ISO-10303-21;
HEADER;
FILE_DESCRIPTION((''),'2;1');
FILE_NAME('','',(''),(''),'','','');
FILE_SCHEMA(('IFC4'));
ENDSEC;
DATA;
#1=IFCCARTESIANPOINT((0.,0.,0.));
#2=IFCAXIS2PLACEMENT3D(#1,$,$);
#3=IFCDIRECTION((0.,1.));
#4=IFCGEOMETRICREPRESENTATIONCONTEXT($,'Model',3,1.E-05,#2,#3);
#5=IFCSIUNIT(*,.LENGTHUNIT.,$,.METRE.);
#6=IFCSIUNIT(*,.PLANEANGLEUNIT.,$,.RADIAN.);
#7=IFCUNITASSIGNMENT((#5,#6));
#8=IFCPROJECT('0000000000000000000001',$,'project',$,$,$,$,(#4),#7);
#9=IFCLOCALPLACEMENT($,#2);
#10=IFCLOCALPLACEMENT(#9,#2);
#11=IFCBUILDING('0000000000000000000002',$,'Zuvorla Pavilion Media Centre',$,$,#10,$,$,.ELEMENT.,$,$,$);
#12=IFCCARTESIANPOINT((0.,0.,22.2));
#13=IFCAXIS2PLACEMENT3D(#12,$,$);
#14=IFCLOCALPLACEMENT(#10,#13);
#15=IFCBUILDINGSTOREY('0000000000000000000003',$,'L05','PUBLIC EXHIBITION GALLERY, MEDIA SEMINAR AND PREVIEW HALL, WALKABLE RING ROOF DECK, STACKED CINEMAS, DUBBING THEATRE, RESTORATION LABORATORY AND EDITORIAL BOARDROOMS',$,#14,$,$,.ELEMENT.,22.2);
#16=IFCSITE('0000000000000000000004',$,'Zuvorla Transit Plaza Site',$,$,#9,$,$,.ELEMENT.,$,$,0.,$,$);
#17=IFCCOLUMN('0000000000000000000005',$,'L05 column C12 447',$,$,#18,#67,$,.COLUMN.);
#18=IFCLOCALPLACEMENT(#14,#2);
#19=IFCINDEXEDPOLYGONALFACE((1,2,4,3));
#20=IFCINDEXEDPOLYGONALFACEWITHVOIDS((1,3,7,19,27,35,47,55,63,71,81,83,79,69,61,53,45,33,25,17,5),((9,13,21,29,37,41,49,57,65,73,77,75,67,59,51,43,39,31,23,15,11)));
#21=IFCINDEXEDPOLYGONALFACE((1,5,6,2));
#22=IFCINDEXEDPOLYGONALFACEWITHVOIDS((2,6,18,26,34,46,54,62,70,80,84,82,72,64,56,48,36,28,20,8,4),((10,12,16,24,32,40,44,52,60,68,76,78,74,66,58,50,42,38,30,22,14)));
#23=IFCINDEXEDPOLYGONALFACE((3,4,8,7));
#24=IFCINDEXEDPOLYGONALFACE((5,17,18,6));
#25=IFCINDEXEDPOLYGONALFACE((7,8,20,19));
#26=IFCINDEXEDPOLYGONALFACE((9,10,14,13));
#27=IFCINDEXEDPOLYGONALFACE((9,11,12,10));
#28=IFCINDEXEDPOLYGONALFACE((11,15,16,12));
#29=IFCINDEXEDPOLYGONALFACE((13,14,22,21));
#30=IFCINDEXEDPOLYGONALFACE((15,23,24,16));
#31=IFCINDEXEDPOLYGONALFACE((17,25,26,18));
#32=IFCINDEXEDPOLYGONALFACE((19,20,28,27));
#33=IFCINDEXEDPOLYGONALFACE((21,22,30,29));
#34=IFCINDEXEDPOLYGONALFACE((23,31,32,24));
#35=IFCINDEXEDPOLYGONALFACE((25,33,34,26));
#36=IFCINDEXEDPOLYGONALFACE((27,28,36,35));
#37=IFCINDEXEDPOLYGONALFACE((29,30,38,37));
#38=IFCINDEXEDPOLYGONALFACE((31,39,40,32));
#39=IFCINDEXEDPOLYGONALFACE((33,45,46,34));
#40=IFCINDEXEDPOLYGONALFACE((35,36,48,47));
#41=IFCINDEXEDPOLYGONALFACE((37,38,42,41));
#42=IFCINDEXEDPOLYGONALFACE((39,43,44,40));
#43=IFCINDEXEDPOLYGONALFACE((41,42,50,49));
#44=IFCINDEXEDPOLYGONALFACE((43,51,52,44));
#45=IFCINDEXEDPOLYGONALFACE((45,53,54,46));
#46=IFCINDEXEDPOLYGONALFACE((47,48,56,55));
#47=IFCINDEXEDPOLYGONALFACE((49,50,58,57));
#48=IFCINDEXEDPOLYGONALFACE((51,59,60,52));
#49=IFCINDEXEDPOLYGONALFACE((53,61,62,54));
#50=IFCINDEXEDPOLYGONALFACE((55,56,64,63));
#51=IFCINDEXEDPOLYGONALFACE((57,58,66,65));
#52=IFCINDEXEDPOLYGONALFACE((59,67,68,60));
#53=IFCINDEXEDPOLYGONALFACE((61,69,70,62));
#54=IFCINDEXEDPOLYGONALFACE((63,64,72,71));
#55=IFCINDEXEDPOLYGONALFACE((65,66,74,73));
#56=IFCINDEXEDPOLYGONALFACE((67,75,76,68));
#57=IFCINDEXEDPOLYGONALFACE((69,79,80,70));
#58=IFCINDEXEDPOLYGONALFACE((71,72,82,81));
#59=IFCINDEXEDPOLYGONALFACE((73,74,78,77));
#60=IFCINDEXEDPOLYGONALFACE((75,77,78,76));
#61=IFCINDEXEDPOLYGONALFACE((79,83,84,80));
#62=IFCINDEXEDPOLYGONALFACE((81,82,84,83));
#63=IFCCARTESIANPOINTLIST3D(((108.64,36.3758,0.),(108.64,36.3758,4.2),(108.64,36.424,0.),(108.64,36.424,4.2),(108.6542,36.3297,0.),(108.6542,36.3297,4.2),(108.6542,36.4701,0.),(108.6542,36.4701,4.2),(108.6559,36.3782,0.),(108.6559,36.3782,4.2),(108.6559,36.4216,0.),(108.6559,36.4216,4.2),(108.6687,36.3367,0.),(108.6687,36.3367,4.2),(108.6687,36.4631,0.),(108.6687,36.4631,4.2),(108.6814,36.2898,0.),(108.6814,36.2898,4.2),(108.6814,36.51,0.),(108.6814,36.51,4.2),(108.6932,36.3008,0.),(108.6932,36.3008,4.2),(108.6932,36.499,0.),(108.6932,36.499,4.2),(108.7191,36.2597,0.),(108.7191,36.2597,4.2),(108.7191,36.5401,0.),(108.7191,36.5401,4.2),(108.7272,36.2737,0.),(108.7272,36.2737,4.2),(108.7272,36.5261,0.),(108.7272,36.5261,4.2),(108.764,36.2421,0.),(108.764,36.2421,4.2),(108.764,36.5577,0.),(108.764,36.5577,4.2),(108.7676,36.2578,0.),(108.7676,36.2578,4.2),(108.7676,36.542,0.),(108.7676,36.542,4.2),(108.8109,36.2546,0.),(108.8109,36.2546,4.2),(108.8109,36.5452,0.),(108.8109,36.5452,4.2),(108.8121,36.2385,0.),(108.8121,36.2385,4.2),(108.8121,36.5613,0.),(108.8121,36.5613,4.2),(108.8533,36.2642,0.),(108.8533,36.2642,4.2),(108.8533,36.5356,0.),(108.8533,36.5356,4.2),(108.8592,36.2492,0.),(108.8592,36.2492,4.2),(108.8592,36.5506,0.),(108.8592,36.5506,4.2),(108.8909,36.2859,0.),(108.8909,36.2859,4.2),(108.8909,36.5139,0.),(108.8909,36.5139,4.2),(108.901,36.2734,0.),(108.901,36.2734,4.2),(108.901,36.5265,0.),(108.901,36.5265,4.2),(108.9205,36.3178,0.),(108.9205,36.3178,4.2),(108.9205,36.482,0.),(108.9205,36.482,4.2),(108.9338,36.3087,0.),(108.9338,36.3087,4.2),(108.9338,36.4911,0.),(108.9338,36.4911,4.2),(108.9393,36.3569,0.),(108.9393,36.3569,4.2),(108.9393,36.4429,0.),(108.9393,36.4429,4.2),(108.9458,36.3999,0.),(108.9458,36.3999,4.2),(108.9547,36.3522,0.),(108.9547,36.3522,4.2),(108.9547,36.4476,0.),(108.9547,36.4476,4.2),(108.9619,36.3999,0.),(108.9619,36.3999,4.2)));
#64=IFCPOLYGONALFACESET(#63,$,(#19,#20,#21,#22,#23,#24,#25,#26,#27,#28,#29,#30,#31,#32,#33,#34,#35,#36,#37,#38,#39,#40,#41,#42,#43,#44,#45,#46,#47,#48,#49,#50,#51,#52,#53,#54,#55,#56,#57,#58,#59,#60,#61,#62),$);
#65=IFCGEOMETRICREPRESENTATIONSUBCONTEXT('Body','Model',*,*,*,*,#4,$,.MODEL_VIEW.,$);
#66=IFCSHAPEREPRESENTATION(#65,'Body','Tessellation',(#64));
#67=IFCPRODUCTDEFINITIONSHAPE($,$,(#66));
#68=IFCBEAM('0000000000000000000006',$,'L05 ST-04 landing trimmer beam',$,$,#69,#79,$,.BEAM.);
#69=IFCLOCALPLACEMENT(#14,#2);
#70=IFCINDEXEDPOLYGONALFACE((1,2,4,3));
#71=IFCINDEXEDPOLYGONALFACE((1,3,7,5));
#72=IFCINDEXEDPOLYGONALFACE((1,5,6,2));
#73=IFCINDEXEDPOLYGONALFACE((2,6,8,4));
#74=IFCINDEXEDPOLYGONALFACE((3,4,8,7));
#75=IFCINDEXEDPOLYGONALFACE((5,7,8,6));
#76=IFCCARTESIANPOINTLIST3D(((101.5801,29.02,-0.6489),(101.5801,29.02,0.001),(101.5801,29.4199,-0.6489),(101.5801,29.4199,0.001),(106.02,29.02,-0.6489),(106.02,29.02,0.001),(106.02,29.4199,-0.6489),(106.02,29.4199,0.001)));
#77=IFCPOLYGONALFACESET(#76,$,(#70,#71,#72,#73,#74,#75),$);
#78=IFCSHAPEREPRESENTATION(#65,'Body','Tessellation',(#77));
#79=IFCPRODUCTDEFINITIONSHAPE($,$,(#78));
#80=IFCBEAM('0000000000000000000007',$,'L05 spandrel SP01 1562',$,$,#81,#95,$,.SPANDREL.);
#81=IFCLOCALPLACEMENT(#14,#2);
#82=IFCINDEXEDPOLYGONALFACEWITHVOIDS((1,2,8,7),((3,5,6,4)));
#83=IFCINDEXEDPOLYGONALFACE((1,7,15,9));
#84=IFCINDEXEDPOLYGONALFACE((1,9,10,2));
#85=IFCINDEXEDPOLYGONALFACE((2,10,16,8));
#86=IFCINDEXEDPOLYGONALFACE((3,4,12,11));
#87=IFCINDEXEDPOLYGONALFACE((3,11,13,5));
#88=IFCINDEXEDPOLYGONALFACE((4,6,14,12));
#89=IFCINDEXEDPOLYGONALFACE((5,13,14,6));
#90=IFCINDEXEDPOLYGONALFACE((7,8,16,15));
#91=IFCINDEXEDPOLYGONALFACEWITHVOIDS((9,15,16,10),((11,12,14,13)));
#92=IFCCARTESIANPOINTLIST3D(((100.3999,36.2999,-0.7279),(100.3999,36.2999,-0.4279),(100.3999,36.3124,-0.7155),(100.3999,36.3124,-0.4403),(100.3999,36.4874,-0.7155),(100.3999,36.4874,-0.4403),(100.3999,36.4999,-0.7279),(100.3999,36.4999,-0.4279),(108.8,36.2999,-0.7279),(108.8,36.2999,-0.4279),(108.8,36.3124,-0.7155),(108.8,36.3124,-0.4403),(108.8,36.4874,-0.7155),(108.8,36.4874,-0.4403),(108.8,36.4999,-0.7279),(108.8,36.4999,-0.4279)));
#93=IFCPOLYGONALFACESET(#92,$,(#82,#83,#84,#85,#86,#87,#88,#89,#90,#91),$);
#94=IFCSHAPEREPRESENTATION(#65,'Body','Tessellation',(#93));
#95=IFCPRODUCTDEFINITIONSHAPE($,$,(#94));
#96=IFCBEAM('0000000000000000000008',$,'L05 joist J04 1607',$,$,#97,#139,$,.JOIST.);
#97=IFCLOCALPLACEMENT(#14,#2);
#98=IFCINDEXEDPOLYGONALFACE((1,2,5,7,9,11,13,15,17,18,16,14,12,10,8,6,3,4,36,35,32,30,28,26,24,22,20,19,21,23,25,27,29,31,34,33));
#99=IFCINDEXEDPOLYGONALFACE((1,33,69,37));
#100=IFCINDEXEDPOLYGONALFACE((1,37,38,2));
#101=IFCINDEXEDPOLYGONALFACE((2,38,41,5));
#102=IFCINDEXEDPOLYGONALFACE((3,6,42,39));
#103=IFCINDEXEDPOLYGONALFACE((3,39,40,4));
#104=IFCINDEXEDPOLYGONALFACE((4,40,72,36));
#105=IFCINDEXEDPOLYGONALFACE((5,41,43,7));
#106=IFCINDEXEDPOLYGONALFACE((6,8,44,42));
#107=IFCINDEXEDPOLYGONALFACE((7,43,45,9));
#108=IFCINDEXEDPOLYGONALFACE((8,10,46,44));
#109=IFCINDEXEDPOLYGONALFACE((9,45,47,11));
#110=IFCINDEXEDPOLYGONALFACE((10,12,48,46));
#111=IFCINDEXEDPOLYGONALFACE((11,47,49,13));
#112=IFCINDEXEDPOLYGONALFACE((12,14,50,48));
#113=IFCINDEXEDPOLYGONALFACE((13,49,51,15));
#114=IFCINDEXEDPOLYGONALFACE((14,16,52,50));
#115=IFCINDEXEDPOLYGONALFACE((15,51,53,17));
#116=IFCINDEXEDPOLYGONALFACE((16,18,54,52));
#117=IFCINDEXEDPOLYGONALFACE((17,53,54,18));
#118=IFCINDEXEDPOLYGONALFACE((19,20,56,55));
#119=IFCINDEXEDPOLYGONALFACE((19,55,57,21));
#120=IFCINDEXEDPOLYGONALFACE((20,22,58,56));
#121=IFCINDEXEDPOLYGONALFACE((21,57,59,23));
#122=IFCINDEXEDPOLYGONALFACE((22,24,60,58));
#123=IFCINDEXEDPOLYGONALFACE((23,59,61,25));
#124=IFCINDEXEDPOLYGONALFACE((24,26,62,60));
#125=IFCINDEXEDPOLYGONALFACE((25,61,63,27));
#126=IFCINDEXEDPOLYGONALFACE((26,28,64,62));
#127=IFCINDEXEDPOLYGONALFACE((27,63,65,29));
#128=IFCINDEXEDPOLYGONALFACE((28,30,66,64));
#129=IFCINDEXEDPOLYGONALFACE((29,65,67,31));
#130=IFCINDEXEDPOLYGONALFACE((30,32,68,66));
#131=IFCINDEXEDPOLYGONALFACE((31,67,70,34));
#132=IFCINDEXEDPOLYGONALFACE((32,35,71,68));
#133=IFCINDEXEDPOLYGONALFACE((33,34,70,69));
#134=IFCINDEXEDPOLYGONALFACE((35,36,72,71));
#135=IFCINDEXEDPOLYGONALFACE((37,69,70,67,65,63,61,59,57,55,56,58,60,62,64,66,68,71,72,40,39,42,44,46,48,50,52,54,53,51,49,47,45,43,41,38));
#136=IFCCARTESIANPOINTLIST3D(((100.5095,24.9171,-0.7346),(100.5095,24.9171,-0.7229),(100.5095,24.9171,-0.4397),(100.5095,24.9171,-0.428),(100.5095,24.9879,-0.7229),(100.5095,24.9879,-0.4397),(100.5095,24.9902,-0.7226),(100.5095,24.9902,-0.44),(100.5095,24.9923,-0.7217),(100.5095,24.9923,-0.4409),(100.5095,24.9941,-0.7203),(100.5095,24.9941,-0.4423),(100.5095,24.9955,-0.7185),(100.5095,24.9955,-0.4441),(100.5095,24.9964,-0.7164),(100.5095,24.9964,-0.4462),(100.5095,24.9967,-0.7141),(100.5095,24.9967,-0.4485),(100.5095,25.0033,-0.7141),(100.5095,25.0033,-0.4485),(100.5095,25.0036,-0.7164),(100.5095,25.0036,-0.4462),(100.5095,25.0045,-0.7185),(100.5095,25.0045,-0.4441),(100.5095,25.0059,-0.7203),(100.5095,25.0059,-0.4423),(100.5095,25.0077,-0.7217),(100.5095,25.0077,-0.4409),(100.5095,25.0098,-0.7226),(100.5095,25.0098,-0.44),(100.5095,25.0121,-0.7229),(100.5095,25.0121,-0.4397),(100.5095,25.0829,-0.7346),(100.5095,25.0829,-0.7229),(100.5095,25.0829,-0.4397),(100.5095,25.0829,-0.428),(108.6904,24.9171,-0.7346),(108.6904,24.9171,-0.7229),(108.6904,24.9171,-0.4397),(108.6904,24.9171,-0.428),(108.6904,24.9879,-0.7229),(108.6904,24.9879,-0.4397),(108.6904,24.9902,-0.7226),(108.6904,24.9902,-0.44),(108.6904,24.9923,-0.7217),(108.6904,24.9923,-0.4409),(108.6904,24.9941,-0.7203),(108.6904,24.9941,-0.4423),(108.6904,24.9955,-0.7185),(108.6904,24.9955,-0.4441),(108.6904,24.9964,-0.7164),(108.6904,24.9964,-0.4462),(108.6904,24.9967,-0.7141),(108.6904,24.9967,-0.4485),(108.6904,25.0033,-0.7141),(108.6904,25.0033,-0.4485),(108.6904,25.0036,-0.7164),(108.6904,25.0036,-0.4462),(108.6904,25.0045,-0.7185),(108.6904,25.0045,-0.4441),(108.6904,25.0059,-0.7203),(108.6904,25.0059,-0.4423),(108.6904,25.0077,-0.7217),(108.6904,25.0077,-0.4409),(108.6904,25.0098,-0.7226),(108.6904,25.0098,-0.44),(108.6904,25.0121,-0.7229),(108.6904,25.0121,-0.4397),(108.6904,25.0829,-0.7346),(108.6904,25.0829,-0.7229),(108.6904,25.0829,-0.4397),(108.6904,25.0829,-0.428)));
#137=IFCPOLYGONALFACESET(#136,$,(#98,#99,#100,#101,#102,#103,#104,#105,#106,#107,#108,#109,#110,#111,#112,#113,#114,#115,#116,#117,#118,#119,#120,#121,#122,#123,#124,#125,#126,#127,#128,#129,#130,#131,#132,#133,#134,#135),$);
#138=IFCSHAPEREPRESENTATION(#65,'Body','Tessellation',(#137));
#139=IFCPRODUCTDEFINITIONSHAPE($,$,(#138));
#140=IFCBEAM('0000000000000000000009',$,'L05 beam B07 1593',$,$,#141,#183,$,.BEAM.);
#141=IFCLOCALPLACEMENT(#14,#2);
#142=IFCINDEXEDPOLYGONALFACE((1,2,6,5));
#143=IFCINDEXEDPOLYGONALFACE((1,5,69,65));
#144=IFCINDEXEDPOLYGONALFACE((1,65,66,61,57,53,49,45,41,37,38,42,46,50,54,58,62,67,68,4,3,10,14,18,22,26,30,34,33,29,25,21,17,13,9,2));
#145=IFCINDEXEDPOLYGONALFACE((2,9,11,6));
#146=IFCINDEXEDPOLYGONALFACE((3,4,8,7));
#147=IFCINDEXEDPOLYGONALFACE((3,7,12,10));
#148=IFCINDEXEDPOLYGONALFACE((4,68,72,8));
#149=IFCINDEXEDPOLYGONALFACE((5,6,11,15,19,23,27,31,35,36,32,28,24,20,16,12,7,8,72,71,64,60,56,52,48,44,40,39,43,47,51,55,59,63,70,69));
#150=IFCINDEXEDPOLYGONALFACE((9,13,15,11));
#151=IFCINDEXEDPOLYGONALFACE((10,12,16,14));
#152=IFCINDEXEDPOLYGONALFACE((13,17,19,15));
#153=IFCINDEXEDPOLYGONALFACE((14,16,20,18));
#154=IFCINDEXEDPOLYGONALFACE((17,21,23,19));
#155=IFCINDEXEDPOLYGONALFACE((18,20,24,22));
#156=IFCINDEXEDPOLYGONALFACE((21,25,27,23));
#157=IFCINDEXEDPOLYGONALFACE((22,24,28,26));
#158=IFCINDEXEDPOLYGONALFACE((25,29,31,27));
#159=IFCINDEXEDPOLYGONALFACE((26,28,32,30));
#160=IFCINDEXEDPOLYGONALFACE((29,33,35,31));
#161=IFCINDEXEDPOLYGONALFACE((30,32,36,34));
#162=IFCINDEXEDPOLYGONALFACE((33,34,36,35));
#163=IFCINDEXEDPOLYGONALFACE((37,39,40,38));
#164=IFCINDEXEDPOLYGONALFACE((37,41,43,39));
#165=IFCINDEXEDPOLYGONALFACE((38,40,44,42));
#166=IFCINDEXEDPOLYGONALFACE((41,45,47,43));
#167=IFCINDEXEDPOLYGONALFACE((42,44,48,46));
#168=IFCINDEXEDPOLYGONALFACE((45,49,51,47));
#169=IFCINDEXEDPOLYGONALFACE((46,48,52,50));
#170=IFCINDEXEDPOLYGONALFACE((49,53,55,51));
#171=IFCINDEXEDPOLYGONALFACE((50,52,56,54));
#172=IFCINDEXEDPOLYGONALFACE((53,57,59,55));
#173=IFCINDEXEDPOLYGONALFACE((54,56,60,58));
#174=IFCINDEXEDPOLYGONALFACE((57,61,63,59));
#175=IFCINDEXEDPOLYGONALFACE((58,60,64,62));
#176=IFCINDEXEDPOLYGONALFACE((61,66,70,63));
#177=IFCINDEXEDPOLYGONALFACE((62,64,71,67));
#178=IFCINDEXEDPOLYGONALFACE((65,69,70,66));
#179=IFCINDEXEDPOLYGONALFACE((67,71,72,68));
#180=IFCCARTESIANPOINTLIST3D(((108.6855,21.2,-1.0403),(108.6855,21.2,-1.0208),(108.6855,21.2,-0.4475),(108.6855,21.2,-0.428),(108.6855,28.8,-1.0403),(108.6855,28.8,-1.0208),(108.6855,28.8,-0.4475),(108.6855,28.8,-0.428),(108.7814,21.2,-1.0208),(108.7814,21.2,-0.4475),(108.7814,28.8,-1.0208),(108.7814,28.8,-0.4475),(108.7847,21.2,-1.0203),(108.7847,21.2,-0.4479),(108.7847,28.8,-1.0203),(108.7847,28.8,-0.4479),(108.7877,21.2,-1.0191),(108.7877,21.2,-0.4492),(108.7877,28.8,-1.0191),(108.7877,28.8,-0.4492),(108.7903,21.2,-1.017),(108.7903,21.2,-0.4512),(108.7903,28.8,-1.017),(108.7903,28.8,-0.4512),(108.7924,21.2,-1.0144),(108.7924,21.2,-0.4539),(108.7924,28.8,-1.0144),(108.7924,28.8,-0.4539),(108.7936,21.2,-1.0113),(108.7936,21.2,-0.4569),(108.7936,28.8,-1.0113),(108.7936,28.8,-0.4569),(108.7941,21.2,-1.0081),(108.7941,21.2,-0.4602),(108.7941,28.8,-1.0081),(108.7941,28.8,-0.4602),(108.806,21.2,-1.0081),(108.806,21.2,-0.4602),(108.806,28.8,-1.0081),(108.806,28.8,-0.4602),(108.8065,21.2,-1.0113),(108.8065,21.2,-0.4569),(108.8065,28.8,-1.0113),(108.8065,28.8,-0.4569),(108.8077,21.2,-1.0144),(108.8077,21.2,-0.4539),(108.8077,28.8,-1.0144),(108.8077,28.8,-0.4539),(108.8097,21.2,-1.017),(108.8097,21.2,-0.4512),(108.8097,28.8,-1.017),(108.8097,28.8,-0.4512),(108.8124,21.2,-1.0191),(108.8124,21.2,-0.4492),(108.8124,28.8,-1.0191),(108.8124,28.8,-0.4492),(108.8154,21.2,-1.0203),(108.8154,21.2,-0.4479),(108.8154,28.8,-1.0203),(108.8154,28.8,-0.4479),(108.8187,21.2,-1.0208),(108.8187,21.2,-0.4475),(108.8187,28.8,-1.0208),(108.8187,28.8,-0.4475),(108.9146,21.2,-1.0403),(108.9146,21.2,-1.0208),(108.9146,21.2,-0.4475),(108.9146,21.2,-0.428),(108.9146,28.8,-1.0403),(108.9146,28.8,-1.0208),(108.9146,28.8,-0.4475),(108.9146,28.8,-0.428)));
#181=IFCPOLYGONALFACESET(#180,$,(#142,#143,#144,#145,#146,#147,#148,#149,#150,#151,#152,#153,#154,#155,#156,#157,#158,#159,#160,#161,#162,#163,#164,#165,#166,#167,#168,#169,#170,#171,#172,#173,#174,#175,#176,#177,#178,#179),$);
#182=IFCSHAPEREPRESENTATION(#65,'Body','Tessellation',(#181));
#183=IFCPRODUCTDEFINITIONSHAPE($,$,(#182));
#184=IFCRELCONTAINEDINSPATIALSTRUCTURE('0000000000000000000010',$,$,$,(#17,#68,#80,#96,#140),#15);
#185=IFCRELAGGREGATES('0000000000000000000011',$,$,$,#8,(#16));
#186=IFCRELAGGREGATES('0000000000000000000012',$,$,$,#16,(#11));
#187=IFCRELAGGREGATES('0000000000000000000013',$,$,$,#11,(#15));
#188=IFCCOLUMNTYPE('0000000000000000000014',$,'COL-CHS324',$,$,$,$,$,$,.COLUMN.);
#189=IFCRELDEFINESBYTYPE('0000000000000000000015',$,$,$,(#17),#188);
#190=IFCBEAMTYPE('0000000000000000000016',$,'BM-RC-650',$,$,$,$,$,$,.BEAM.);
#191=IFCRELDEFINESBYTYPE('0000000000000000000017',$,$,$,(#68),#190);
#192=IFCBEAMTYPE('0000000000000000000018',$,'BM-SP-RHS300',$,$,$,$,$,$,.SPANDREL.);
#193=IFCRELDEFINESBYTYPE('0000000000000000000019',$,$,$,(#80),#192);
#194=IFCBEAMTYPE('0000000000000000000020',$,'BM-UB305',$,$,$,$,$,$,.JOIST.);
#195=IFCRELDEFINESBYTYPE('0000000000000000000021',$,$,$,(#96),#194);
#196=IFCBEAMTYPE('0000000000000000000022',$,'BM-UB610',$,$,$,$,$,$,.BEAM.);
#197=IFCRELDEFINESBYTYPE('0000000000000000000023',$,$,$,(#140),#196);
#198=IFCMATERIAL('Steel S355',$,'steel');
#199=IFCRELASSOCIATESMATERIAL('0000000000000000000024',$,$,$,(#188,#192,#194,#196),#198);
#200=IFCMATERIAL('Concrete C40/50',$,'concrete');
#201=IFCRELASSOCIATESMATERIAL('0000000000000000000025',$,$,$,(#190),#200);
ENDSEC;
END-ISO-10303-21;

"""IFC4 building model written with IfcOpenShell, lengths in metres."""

from ifc_helpers import new_model, si_unit, direction, frame, origin, origin_2d, place, context, subcontext, project, spatial, rectangle, hollow_rectangle, hollow_circle, i_section, extrude, material, material_profile, profile_set, type_object, element, save


model = new_model("IFC4")

# Units and contexts
model_context = context("Model", 3, precision=1e-05, world=origin(), true_north=direction((0.0, 1.0)))
body_context = subcontext(model_context, "Body", "Model", "MODEL_VIEW")
ifc_project = project(units=[si_unit("LENGTHUNIT", "METRE"), si_unit("PLANEANGLEUNIT", "RADIAN")], contexts=[model_context])

# Site, building, storey
site_placement = place(None, origin())
site = spatial("IfcSite", under=ifc_project, at=site_placement, Name="Zuvorla Transit Plaza Site", CompositionType="ELEMENT", RefElevation=0.0)
building_placement = place(site_placement, origin())
building = spatial("IfcBuilding", under=site, at=building_placement, Name="Zuvorla Pavilion Media Centre", CompositionType="ELEMENT")
storey_placement = place(building_placement, frame((0.0, 0.0, 22.2)))
storey = spatial("IfcBuildingStorey", under=building, at=storey_placement, Name="L05", Description="PUBLIC EXHIBITION GALLERY, MEDIA SEMINAR AND PREVIEW HALL, WALKABLE RING ROOF DECK, STACKED CINEMAS, DUBBING THEATRE, RESTORATION LABORATORY AND EDITORIAL BOARDROOMS", CompositionType="ELEMENT", Elevation=22.2)

# Column
ifc_material_1 = material(Name="Steel S355", Category="steel")
ifc_material_profile_1 = material_profile(ifc_material_1, hollow_circle(Radius=0.1619, WallThickness=0.0161, at=origin_2d()), Name="CHS 323.9x16")
ifc_profile_set_1 = profile_set([ifc_material_profile_1], Name="Steel S355")
column_type = type_object("IfcColumnType", Name="COL-CHS324", PredefinedType="COLUMN", material=ifc_profile_set_1)
for number, where, z_axis, x_axis, name in (
    (1, (108.8, 36.3999, 0.0), (0.0, 0.0, 1.0), (1.0, 0.0, 0.0), "L05 column C12 447"),
):
    element("IfcColumn", number, at=place(storey_placement, frame(where, z_axis=z_axis, x_axis=x_axis)), inside=storey, type_object=column_type, Name=name, PredefinedType="COLUMN", context=body_context, shape_type="SweptSolid", body=[
        extrude(hollow_circle(Radius=0.1619, WallThickness=0.0161, at=origin_2d()), origin(), (0.0, 0.0, 1.0), 4.2),
    ])

# Beams
ifc_material_2 = material(Name="Concrete C40/50", Category="concrete")
ifc_material_profile_2 = material_profile(ifc_material_2, rectangle(XDim=0.3999, YDim=0.6499, at=origin_2d()), Name="RC 400x650")
ifc_profile_set_2 = profile_set([ifc_material_profile_2], Name="Concrete C40/50")
beam_type_1 = type_object("IfcBeamType", Name="BM-RC-650", PredefinedType="BEAM", material=ifc_profile_set_2)
beam_1_placement = place(storey_placement, frame((101.5801, 29.22, -0.324), z_axis=(1.0, 0.0, 0.0), x_axis=(0.0, 1.0, 0.0)))
element("IfcBeam", 2, at=beam_1_placement, inside=storey, type_object=beam_type_1, Name="L05 ST-04 landing trimmer beam", PredefinedType="BEAM", context=body_context, shape_type="SweptSolid", body=[
    extrude(rectangle(XDim=0.3999, YDim=0.6499, at=origin_2d()), origin(), (0.0, 0.0, 1.0), 4.4399),
])
ifc_material_profile_3 = material_profile(ifc_material_1, hollow_rectangle(XDim=0.2, YDim=0.3, WallThickness=0.0125, at=origin_2d()), Name="RHS 300x200x12.5")
ifc_profile_set_3 = profile_set([ifc_material_profile_3], Name="Steel S355")
beam_type_2 = type_object("IfcBeamType", Name="BM-SP-RHS300", PredefinedType="SPANDREL", material=ifc_profile_set_3)
beam_2_placement = place(storey_placement, frame((100.3999, 36.3999, -0.5779), z_axis=(1.0, 0.0, 0.0), x_axis=(0.0, 1.0, 0.0)))
element("IfcBeam", 3, at=beam_2_placement, inside=storey, type_object=beam_type_2, Name="L05 spandrel SP01 1562", PredefinedType="SPANDREL", context=body_context, shape_type="SweptSolid", body=[
    extrude(hollow_rectangle(XDim=0.2, YDim=0.3, WallThickness=0.0125, at=origin_2d()), origin(), (0.0, 0.0, 1.0), 8.4001),
])
ifc_material_profile_4 = material_profile(ifc_material_1, i_section(OverallWidth=0.1658, OverallDepth=0.3066, WebThickness=0.0066, FlangeThickness=0.0117, FilletRadius=0.0088, at=origin_2d()), Name="UB 305x165x46")
ifc_profile_set_4 = profile_set([ifc_material_profile_4], Name="Steel S355")
beam_type_3 = type_object("IfcBeamType", Name="BM-UB305", PredefinedType="JOIST", material=ifc_profile_set_4)
beam_3_placement = place(storey_placement, frame((100.5095, 25.0, -0.5813), z_axis=(1.0, 0.0, 0.0), x_axis=(0.0, 1.0, 0.0)))
element("IfcBeam", 4, at=beam_3_placement, inside=storey, type_object=beam_type_3, Name="L05 joist J04 1607", PredefinedType="JOIST", context=body_context, shape_type="SweptSolid", body=[
    extrude(i_section(OverallWidth=0.1658, OverallDepth=0.3066, WebThickness=0.0066, FlangeThickness=0.0117, FilletRadius=0.0088, at=origin_2d()), origin(), (0.0, 0.0, 1.0), 8.1809),
])
ifc_material_profile_5 = material_profile(ifc_material_1, i_section(OverallWidth=0.229, OverallDepth=0.6123, WebThickness=0.012, FlangeThickness=0.0195, FilletRadius=0.0127, at=origin_2d()), Name="UB 610x229x125")
ifc_profile_set_5 = profile_set([ifc_material_profile_5], Name="Steel S355")
beam_type_4 = type_object("IfcBeamType", Name="BM-UB610", PredefinedType="BEAM", material=ifc_profile_set_5)
beam_4_placement = place(storey_placement, frame((108.8, 21.2, -0.7341), z_axis=(0.0, 1.0, 0.0), x_axis=(-1.0, 0.0, 0.0)))
element("IfcBeam", 5, at=beam_4_placement, inside=storey, type_object=beam_type_4, Name="L05 beam B07 1593", PredefinedType="BEAM", context=body_context, shape_type="SweptSolid", body=[
    extrude(i_section(OverallWidth=0.229, OverallDepth=0.6123, WebThickness=0.012, FlangeThickness=0.0195, FilletRadius=0.0127, at=origin_2d()), origin(), (0.0, 0.0, 1.0), 7.6001),
])

save(model, "model.ifc")
